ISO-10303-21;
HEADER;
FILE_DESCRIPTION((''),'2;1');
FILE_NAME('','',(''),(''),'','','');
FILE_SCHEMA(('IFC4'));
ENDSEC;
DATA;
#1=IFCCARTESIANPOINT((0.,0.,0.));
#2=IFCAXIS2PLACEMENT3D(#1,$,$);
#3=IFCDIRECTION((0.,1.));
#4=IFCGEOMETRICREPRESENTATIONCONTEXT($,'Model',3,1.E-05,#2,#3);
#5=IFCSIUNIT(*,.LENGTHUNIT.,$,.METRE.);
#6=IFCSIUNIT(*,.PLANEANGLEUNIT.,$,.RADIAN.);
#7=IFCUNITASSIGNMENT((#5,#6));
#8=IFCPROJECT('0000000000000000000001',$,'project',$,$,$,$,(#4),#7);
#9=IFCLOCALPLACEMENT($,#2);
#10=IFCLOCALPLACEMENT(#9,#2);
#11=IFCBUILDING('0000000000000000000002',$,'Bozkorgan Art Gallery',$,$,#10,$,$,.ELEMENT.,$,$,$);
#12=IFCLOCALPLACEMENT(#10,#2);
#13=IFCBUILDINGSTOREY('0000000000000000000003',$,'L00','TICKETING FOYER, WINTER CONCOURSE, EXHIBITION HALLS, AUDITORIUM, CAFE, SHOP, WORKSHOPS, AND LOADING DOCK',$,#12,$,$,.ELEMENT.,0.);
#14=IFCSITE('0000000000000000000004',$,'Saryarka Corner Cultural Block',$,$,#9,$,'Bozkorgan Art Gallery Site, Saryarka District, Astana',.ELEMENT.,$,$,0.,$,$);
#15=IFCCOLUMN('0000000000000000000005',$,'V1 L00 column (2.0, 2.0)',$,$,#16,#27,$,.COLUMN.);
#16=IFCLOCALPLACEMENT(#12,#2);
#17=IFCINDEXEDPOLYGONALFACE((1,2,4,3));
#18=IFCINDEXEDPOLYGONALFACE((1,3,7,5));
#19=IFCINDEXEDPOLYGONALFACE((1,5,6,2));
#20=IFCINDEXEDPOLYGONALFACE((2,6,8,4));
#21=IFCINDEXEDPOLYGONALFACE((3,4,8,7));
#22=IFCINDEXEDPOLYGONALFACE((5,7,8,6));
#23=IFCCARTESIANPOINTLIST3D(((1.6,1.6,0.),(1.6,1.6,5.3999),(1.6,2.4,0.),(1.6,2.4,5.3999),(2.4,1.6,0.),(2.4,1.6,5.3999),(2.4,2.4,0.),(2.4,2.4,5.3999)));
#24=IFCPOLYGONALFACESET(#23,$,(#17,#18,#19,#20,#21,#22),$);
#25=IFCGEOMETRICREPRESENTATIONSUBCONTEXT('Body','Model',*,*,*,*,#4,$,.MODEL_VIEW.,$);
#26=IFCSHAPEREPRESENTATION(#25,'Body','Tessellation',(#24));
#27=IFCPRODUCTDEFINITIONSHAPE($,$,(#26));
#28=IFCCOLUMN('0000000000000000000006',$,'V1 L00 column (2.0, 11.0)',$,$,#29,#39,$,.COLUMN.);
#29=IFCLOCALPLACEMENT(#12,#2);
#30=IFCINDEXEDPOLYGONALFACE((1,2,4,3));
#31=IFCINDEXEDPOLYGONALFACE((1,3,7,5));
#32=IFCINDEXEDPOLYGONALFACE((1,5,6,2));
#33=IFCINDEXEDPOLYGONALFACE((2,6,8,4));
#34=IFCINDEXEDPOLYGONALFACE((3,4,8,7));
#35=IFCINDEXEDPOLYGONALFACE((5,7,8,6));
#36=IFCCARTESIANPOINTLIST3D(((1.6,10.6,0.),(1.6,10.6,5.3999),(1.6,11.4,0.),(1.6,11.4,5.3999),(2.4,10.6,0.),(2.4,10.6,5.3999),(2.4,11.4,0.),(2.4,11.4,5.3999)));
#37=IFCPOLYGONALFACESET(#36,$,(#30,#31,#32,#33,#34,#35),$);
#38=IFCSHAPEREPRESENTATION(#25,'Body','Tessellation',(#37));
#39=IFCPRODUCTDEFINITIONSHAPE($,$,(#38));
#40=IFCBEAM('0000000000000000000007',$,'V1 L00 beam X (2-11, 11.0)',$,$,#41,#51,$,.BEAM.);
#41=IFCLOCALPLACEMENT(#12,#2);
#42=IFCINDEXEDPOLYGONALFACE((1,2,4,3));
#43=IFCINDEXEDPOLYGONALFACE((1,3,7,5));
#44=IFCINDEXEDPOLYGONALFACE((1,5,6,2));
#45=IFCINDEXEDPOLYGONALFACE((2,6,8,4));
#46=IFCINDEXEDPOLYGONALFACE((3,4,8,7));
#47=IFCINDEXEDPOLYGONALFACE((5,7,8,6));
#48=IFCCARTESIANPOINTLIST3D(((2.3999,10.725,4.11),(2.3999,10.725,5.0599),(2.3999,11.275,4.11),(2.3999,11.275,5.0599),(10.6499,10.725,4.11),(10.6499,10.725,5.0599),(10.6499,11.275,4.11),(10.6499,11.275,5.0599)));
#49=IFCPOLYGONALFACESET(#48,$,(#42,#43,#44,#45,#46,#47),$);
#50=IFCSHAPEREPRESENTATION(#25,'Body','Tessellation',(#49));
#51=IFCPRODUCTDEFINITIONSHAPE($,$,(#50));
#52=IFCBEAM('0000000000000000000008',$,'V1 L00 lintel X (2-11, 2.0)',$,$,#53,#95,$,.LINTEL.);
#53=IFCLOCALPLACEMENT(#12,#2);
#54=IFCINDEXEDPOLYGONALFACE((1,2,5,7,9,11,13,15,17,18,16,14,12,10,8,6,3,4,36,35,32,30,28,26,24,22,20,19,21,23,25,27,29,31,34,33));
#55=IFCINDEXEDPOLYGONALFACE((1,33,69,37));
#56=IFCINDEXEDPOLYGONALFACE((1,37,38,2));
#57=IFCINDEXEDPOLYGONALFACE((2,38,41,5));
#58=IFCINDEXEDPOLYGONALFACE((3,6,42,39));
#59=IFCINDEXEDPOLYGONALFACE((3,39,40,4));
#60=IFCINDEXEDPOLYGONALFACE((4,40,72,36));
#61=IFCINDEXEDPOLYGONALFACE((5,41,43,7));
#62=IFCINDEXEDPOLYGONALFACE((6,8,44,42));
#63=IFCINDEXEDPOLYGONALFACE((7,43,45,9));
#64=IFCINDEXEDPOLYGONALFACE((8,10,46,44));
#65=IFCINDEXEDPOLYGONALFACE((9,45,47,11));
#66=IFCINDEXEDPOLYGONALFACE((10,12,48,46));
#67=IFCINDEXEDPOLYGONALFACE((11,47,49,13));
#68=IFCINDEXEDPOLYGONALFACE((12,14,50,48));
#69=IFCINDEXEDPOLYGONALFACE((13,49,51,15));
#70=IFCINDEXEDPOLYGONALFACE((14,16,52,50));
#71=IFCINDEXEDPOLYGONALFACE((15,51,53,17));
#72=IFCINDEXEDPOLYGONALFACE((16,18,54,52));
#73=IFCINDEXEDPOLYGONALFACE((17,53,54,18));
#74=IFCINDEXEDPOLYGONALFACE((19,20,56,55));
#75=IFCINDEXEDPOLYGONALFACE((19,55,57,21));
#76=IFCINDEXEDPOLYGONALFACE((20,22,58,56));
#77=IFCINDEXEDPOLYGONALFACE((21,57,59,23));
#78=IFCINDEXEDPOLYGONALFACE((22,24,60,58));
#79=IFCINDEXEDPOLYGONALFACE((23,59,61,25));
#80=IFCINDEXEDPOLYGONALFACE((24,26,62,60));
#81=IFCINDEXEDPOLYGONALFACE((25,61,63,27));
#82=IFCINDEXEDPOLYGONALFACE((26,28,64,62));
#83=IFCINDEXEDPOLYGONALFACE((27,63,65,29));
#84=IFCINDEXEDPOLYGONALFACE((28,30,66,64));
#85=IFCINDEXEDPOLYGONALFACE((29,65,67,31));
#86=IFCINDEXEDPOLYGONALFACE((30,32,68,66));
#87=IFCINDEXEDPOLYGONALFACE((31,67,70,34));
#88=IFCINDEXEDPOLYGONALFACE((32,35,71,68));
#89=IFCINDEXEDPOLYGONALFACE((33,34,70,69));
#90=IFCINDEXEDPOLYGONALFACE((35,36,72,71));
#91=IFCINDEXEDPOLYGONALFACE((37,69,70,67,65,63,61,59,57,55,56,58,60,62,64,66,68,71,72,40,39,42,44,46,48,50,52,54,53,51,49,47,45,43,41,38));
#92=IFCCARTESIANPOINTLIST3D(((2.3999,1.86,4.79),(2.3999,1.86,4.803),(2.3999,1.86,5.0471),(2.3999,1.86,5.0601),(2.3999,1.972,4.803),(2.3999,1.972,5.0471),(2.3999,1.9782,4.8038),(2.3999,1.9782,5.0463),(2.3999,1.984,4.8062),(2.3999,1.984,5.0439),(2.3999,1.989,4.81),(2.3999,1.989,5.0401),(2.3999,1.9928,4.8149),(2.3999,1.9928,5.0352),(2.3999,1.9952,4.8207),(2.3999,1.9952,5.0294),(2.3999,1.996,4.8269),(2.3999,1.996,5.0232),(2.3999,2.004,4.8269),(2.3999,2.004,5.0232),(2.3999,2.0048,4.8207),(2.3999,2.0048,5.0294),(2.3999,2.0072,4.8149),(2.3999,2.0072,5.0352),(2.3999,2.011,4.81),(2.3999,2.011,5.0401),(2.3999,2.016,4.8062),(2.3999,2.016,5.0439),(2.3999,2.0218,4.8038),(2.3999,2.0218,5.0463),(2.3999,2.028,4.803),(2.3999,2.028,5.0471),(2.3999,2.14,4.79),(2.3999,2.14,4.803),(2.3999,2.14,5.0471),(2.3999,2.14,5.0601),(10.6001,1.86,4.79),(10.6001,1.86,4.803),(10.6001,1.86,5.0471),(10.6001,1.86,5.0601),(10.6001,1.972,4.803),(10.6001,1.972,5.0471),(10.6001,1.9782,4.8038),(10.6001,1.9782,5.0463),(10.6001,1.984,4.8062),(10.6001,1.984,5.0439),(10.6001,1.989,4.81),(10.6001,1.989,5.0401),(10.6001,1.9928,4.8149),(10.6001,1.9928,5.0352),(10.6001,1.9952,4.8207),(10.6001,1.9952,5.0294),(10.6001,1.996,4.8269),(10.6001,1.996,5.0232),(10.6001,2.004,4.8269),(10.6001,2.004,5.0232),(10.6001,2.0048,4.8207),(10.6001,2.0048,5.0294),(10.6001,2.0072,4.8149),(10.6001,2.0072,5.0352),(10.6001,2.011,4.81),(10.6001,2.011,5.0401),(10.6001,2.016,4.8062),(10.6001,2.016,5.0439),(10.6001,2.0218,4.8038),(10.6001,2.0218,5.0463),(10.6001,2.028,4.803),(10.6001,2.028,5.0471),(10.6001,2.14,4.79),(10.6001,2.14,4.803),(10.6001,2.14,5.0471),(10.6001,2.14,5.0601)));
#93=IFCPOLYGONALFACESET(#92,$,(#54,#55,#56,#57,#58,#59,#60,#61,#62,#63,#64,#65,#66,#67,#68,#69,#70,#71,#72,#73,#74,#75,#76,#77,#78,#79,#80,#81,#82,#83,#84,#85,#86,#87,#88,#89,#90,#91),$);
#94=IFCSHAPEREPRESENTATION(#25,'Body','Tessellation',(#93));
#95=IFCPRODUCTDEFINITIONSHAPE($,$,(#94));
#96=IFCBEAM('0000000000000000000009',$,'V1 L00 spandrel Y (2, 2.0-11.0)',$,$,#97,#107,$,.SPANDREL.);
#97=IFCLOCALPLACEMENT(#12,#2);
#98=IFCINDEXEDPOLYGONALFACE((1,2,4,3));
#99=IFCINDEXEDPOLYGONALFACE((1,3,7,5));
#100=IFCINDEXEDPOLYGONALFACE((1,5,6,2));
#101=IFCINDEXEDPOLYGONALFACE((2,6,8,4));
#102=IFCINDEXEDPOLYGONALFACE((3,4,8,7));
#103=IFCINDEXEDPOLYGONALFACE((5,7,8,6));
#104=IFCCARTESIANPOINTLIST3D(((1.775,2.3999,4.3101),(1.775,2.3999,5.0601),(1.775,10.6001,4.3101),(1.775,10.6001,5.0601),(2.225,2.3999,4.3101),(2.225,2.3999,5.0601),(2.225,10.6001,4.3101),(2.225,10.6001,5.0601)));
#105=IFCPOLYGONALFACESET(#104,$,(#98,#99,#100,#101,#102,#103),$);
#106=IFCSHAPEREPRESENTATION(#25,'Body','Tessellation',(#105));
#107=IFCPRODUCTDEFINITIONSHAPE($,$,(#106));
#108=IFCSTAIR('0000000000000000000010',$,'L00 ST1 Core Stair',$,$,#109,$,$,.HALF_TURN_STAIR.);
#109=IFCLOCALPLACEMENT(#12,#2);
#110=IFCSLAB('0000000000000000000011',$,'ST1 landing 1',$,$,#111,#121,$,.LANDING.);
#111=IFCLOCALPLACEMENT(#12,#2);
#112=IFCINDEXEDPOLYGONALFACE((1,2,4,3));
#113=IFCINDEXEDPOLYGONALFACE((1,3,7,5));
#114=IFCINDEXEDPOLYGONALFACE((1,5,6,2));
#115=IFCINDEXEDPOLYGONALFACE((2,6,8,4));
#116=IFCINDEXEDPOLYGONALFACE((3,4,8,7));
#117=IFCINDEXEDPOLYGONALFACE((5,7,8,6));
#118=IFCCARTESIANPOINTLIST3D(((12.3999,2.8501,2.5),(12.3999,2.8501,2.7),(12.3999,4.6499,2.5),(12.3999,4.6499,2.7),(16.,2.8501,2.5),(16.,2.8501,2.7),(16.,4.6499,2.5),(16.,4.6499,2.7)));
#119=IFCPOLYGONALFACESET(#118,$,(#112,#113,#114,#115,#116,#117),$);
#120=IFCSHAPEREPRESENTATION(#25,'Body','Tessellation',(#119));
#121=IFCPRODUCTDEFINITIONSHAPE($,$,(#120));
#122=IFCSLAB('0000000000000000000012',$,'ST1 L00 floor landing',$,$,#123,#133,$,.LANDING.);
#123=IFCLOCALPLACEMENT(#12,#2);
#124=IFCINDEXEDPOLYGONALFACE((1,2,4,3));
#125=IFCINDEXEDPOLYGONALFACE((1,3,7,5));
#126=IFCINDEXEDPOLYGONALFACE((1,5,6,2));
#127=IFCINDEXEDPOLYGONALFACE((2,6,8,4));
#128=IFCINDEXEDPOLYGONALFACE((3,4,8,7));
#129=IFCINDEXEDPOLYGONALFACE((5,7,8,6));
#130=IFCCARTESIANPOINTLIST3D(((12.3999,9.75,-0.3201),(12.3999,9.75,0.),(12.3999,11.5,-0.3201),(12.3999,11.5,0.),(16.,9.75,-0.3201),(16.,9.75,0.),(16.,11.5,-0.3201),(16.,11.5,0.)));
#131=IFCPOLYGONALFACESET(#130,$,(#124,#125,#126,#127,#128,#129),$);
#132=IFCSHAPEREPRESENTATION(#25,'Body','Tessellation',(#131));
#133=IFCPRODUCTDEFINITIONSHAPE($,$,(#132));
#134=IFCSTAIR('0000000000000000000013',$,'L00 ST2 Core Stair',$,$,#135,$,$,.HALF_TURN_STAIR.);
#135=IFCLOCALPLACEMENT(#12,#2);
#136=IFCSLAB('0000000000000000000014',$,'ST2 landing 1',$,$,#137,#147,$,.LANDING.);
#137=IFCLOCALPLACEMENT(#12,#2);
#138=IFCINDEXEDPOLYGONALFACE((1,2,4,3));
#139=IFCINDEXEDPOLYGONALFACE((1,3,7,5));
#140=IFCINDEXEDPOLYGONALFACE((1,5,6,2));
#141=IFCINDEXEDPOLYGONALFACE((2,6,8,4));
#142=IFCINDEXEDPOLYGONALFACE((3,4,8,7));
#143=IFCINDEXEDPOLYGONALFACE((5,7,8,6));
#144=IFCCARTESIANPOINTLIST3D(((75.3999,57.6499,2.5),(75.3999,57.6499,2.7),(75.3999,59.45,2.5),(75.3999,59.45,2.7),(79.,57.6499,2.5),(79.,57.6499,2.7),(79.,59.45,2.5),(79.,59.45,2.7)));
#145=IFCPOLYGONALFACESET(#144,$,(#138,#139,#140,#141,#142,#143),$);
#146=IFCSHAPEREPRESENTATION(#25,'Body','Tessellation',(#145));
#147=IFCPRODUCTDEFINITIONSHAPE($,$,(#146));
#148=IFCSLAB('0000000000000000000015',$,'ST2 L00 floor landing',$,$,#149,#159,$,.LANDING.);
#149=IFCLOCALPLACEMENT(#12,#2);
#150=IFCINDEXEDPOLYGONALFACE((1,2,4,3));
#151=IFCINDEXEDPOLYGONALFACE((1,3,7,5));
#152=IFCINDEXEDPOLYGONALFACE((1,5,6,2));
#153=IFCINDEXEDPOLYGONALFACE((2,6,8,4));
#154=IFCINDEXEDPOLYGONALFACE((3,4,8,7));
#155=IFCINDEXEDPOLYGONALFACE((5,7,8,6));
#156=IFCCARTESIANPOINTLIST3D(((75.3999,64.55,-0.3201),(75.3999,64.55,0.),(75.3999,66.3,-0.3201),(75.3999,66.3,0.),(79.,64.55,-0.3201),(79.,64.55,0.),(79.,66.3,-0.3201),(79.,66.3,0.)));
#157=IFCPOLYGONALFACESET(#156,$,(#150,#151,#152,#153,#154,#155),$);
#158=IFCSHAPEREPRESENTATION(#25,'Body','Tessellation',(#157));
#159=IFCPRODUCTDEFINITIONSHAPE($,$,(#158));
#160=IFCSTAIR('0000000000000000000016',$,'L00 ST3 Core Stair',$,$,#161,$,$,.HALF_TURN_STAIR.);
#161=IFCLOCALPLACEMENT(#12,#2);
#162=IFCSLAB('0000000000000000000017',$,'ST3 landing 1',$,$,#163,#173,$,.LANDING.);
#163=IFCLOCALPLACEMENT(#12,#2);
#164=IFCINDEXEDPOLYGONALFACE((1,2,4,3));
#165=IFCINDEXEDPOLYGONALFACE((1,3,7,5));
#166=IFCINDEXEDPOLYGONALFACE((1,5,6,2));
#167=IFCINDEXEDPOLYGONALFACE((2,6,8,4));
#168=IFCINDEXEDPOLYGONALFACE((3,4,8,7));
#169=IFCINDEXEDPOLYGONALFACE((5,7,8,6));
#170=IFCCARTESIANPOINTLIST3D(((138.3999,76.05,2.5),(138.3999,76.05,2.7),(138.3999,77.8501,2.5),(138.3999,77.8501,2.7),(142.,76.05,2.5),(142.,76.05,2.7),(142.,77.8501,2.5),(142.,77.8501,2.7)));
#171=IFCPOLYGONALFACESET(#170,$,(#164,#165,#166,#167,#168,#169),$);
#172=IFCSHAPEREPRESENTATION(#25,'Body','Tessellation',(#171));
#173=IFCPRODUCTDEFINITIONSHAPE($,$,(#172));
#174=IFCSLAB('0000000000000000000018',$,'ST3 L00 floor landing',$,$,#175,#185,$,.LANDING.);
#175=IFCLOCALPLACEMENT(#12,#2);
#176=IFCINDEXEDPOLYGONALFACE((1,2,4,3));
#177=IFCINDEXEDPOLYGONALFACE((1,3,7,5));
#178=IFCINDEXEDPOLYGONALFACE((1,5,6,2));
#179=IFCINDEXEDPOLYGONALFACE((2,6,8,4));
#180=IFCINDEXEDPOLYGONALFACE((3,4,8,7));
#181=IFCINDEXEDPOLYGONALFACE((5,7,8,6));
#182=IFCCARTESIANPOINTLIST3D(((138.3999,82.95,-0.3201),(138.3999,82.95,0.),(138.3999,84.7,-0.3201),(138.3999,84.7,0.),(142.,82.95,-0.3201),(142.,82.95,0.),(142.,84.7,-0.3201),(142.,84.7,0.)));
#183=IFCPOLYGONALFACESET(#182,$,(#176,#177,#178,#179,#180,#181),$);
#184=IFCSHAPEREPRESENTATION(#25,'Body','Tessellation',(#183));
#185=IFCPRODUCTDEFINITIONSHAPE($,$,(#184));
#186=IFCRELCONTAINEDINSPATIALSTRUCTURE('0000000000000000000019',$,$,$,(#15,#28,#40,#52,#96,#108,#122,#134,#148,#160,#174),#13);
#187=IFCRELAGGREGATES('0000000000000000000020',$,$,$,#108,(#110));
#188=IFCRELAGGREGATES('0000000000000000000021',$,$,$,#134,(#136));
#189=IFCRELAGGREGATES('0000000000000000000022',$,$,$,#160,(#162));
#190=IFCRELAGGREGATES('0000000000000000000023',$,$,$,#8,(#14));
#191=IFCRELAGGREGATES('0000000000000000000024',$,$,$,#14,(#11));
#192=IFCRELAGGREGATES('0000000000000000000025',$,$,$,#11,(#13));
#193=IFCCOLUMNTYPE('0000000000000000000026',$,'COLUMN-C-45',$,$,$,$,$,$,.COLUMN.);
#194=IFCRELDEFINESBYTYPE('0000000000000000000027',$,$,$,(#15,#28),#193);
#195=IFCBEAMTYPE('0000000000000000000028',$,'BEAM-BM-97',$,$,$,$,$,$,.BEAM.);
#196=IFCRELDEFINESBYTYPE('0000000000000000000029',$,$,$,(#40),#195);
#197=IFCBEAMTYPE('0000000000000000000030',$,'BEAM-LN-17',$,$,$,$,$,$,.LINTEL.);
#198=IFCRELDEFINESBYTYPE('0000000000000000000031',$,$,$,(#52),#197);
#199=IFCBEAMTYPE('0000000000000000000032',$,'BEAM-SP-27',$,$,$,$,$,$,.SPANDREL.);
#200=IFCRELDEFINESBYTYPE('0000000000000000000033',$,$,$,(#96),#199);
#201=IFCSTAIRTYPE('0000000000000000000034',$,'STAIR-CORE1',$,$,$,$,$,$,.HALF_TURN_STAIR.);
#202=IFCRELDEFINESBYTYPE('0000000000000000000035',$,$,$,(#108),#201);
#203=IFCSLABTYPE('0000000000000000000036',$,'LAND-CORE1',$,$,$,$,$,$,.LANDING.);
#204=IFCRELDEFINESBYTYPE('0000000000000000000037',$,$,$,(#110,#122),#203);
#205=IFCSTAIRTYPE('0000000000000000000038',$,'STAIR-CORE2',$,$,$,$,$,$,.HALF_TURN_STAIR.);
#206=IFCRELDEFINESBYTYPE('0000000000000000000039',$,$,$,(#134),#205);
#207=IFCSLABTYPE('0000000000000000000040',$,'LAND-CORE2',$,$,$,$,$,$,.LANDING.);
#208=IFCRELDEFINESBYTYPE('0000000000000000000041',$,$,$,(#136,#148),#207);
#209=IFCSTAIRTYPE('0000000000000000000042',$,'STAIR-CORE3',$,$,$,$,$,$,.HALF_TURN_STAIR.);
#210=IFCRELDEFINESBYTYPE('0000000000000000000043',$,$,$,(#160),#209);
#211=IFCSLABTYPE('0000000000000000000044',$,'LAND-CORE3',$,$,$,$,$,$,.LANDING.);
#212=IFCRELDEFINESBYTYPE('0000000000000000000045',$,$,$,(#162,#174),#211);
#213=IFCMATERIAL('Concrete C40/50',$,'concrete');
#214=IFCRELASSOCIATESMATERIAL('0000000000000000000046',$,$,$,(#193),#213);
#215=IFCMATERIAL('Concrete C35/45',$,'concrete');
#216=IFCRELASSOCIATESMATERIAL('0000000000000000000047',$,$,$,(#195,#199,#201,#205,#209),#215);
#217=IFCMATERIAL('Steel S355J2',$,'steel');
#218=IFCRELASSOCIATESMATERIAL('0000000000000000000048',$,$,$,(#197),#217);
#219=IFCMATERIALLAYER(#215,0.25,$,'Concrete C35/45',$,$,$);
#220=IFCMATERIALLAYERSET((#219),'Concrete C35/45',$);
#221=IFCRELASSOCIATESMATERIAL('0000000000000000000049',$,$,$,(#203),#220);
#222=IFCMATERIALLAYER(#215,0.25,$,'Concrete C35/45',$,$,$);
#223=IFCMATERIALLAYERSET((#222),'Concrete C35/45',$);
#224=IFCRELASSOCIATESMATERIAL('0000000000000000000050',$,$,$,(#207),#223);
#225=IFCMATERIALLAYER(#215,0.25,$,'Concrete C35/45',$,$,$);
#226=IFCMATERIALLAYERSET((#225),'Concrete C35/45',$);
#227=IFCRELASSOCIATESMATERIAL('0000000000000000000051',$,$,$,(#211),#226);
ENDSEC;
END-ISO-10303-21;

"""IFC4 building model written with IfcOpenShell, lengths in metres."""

from ifc_helpers import new_model, si_unit, direction, frame, origin, origin_2d, place, context, subcontext, project, spatial, polyline, rectangle, i_section, outline, extrude, material, layer, layer_set, material_profile, profile_set, type_object, element, aggregate, save


model = new_model("IFC4")

# Units and contexts
model_context = context("Model", 3, precision=1e-05, world=origin(), true_north=direction((0.0, 1.0)))
body_context = subcontext(model_context, "Body", "Model", "MODEL_VIEW")
ifc_project = project(units=[si_unit("LENGTHUNIT", "METRE"), si_unit("PLANEANGLEUNIT", "RADIAN")], contexts=[model_context])

# Site, building, storey
site_placement = place(None, origin())
site = spatial("IfcSite", under=ifc_project, at=site_placement, Name="Saryarka Corner Cultural Block", LongName="Bozkorgan Art Gallery Site, Saryarka District, Astana", CompositionType="ELEMENT", RefElevation=0.0)
building_placement = place(site_placement, origin())
building = spatial("IfcBuilding", under=site, at=building_placement, Name="Bozkorgan Art Gallery", CompositionType="ELEMENT")
storey_placement = place(building_placement, origin())
storey = spatial("IfcBuildingStorey", under=building, at=storey_placement, Name="L00", Description="TICKETING FOYER, WINTER CONCOURSE, EXHIBITION HALLS, AUDITORIUM, CAFE, SHOP, WORKSHOPS, AND LOADING DOCK", CompositionType="ELEMENT", Elevation=0.0)

# Columns
ifc_material_1 = material(Name="Concrete C40/50", Category="concrete")
ifc_material_profile_1 = material_profile(ifc_material_1, rectangle(XDim=0.8, YDim=0.8, at=origin_2d()), Name="RC 800x800")
ifc_profile_set_1 = profile_set([ifc_material_profile_1], Name="Concrete C40/50")
column_type = type_object("IfcColumnType", Name="COLUMN-C-45", PredefinedType="COLUMN", material=ifc_profile_set_1)
for number, where, z_axis, x_axis, name in (
    (1, (2.0, 2.0, 0.0), (0.0, 0.0, 1.0), (1.0, 0.0, 0.0), "V1 L00 column (2.0, 2.0)"),
    (2, (2.0, 11.0, 0.0), (0.0, 0.0, 1.0), (1.0, 0.0, 0.0), "V1 L00 column (2.0, 11.0)"),
):
    element("IfcColumn", number, at=place(storey_placement, frame(where, z_axis=z_axis, x_axis=x_axis)), inside=storey, type_object=column_type, Name=name, PredefinedType="COLUMN", context=body_context, shape_type="SweptSolid", body=[
        extrude(rectangle(XDim=0.8, YDim=0.8, at=origin_2d()), origin(), (0.0, 0.0, 1.0), 5.3999),
    ])

# Beams
ifc_material_2 = material(Name="Concrete C35/45", Category="concrete")
ifc_material_profile_2 = material_profile(ifc_material_2, rectangle(XDim=0.55, YDim=0.95, at=origin_2d()), Name="RC 550x950")
ifc_profile_set_2 = profile_set([ifc_material_profile_2], Name="Concrete C35/45")
beam_type_1 = type_object("IfcBeamType", Name="BEAM-BM-97", PredefinedType="BEAM", material=ifc_profile_set_2)
beam_1_placement = place(storey_placement, frame((2.3999, 11.0, 4.585), z_axis=(1.0, 0.0, 0.0), x_axis=(0.0, 1.0, 0.0)))
element("IfcBeam", 3, at=beam_1_placement, inside=storey, type_object=beam_type_1, Name="V1 L00 beam X (2-11, 11.0)", PredefinedType="BEAM", context=body_context, shape_type="SweptSolid", body=[
    extrude(rectangle(XDim=0.55, YDim=0.95, at=origin_2d()), origin(), (0.0, 0.0, 1.0), 8.25),
])
ifc_material_3 = material(Name="Steel S355J2", Category="steel")
ifc_material_profile_3 = material_profile(ifc_material_3, i_section(OverallWidth=0.28, OverallDepth=0.27, WebThickness=0.0081, FlangeThickness=0.0129, FilletRadius=0.0239, at=origin_2d()), Name="HEA 280")
ifc_profile_set_3 = profile_set([ifc_material_profile_3], Name="Steel S355J2")
beam_type_2 = type_object("IfcBeamType", Name="BEAM-LN-17", PredefinedType="LINTEL", material=ifc_profile_set_3)
beam_2_placement = place(storey_placement, frame((2.3999, 2.0, 4.925), z_axis=(1.0, 0.0, 0.0), x_axis=(0.0, 1.0, 0.0)))
element("IfcBeam", 4, at=beam_2_placement, inside=storey, type_object=beam_type_2, Name="V1 L00 lintel X (2-11, 2.0)", PredefinedType="LINTEL", context=body_context, shape_type="SweptSolid", body=[
    extrude(i_section(OverallWidth=0.28, OverallDepth=0.27, WebThickness=0.0081, FlangeThickness=0.0129, FilletRadius=0.0239, at=origin_2d()), origin(), (0.0, 0.0, 1.0), 8.2002),
])
ifc_material_profile_4 = material_profile(ifc_material_2, rectangle(XDim=0.45, YDim=0.75, at=origin_2d()), Name="RC 450x750")
ifc_profile_set_4 = profile_set([ifc_material_profile_4], Name="Concrete C35/45")
beam_type_3 = type_object("IfcBeamType", Name="BEAM-SP-27", PredefinedType="SPANDREL", material=ifc_profile_set_4)
beam_3_placement = place(storey_placement, frame((2.0, 2.3999, 4.6851), z_axis=(0.0, 1.0, 0.0), x_axis=(-1.0, 0.0, 0.0)))
element("IfcBeam", 5, at=beam_3_placement, inside=storey, type_object=beam_type_3, Name="V1 L00 spandrel Y (2, 2.0-11.0)", PredefinedType="SPANDREL", context=body_context, shape_type="SweptSolid", body=[
    extrude(rectangle(XDim=0.45, YDim=0.75, at=origin_2d()), origin(), (0.0, 0.0, 1.0), 8.2002),
])

# Stair, slab
stair_type_1 = type_object("IfcStairType", Name="STAIR-CORE1", PredefinedType="HALF_TURN_STAIR", material=ifc_material_2)
stair_1_placement = place(storey_placement, origin())
stair_1 = element("IfcStair", 6, at=stair_1_placement, inside=storey, type_object=stair_type_1, Name="L00 ST1 Core Stair", PredefinedType="HALF_TURN_STAIR")
ifc_layer_1 = layer(ifc_material_2, 0.25, Name="Concrete C35/45")
ifc_layer_set_1 = layer_set([ifc_layer_1], Name="Concrete C35/45")
slab_type_1 = type_object("IfcSlabType", Name="LAND-CORE1", PredefinedType="LANDING", material=ifc_layer_set_1)
slab_1_placement = place(storey_placement, frame((0.0, 0.0, 2.5)))
slab_1 = element("IfcSlab", 7, at=slab_1_placement, type_object=slab_type_1, Name="ST1 landing 1", PredefinedType="LANDING", context=body_context, shape_type="SweptSolid", body=[
    extrude(outline(polyline([(12.3999, 4.6499), (12.3999, 2.8501), (16.0, 2.8501), (16.0, 4.6499), (12.3999, 4.6499)])), origin(), (0.0, 0.0, 1.0), 0.2),
])
aggregate(stair_1, [slab_1])

# Slab
slab_2_placement = place(storey_placement, frame((0.0, 0.0, -0.3201)))
element("IfcSlab", 8, at=slab_2_placement, inside=storey, type_object=slab_type_1, Name="ST1 L00 floor landing", PredefinedType="LANDING", context=body_context, shape_type="SweptSolid", body=[
    extrude(outline(polyline([(12.3999, 9.75), (16.0, 9.75), (16.0, 11.5), (12.3999, 11.5), (12.3999, 9.75)])), origin(), (0.0, 0.0, 1.0), 0.3201),
])

# Stair, slab
stair_type_2 = type_object("IfcStairType", Name="STAIR-CORE2", PredefinedType="HALF_TURN_STAIR", material=ifc_material_2)
stair_2_placement = place(storey_placement, origin())
stair_2 = element("IfcStair", 9, at=stair_2_placement, inside=storey, type_object=stair_type_2, Name="L00 ST2 Core Stair", PredefinedType="HALF_TURN_STAIR")
ifc_layer_2 = layer(ifc_material_2, 0.25, Name="Concrete C35/45")
ifc_layer_set_2 = layer_set([ifc_layer_2], Name="Concrete C35/45")
slab_type_2 = type_object("IfcSlabType", Name="LAND-CORE2", PredefinedType="LANDING", material=ifc_layer_set_2)
slab_3_placement = place(storey_placement, frame((0.0, 0.0, 2.5)))
slab_3 = element("IfcSlab", 10, at=slab_3_placement, type_object=slab_type_2, Name="ST2 landing 1", PredefinedType="LANDING", context=body_context, shape_type="SweptSolid", body=[
    extrude(outline(polyline([(75.3999, 59.45), (75.3999, 57.6499), (79.0, 57.6499), (79.0, 59.45), (75.3999, 59.45)])), origin(), (0.0, 0.0, 1.0), 0.2),
])
aggregate(stair_2, [slab_3])

# Slab
slab_4_placement = place(storey_placement, frame((0.0, 0.0, -0.3201)))
element("IfcSlab", 11, at=slab_4_placement, inside=storey, type_object=slab_type_2, Name="ST2 L00 floor landing", PredefinedType="LANDING", context=body_context, shape_type="SweptSolid", body=[
    extrude(outline(polyline([(75.3999, 64.55), (79.0, 64.55), (79.0, 66.3), (75.3999, 66.3), (75.3999, 64.55)])), origin(), (0.0, 0.0, 1.0), 0.3201),
])

# Stair, slab
stair_type_3 = type_object("IfcStairType", Name="STAIR-CORE3", PredefinedType="HALF_TURN_STAIR", material=ifc_material_2)
stair_3_placement = place(storey_placement, origin())
stair_3 = element("IfcStair", 12, at=stair_3_placement, inside=storey, type_object=stair_type_3, Name="L00 ST3 Core Stair", PredefinedType="HALF_TURN_STAIR")
ifc_layer_3 = layer(ifc_material_2, 0.25, Name="Concrete C35/45")
ifc_layer_set_3 = layer_set([ifc_layer_3], Name="Concrete C35/45")
slab_type_3 = type_object("IfcSlabType", Name="LAND-CORE3", PredefinedType="LANDING", material=ifc_layer_set_3)
slab_5_placement = place(storey_placement, frame((0.0, 0.0, 2.5)))
slab_5 = element("IfcSlab", 13, at=slab_5_placement, type_object=slab_type_3, Name="ST3 landing 1", PredefinedType="LANDING", context=body_context, shape_type="SweptSolid", body=[
    extrude(outline(polyline([(138.3999, 77.8501), (138.3999, 76.05), (142.0, 76.05), (142.0, 77.8501), (138.3999, 77.8501)])), origin(), (0.0, 0.0, 1.0), 0.2),
])
aggregate(stair_3, [slab_5])

# Slab
slab_6_placement = place(storey_placement, frame((0.0, 0.0, -0.3201)))
element("IfcSlab", 14, at=slab_6_placement, inside=storey, type_object=slab_type_3, Name="ST3 L00 floor landing", PredefinedType="LANDING", context=body_context, shape_type="SweptSolid", body=[
    extrude(outline(polyline([(138.3999, 82.95), (142.0, 82.95), (142.0, 84.7), (138.3999, 84.7), (138.3999, 82.95)])), origin(), (0.0, 0.0, 1.0), 0.3201),
])

save(model, "model.ifc")
